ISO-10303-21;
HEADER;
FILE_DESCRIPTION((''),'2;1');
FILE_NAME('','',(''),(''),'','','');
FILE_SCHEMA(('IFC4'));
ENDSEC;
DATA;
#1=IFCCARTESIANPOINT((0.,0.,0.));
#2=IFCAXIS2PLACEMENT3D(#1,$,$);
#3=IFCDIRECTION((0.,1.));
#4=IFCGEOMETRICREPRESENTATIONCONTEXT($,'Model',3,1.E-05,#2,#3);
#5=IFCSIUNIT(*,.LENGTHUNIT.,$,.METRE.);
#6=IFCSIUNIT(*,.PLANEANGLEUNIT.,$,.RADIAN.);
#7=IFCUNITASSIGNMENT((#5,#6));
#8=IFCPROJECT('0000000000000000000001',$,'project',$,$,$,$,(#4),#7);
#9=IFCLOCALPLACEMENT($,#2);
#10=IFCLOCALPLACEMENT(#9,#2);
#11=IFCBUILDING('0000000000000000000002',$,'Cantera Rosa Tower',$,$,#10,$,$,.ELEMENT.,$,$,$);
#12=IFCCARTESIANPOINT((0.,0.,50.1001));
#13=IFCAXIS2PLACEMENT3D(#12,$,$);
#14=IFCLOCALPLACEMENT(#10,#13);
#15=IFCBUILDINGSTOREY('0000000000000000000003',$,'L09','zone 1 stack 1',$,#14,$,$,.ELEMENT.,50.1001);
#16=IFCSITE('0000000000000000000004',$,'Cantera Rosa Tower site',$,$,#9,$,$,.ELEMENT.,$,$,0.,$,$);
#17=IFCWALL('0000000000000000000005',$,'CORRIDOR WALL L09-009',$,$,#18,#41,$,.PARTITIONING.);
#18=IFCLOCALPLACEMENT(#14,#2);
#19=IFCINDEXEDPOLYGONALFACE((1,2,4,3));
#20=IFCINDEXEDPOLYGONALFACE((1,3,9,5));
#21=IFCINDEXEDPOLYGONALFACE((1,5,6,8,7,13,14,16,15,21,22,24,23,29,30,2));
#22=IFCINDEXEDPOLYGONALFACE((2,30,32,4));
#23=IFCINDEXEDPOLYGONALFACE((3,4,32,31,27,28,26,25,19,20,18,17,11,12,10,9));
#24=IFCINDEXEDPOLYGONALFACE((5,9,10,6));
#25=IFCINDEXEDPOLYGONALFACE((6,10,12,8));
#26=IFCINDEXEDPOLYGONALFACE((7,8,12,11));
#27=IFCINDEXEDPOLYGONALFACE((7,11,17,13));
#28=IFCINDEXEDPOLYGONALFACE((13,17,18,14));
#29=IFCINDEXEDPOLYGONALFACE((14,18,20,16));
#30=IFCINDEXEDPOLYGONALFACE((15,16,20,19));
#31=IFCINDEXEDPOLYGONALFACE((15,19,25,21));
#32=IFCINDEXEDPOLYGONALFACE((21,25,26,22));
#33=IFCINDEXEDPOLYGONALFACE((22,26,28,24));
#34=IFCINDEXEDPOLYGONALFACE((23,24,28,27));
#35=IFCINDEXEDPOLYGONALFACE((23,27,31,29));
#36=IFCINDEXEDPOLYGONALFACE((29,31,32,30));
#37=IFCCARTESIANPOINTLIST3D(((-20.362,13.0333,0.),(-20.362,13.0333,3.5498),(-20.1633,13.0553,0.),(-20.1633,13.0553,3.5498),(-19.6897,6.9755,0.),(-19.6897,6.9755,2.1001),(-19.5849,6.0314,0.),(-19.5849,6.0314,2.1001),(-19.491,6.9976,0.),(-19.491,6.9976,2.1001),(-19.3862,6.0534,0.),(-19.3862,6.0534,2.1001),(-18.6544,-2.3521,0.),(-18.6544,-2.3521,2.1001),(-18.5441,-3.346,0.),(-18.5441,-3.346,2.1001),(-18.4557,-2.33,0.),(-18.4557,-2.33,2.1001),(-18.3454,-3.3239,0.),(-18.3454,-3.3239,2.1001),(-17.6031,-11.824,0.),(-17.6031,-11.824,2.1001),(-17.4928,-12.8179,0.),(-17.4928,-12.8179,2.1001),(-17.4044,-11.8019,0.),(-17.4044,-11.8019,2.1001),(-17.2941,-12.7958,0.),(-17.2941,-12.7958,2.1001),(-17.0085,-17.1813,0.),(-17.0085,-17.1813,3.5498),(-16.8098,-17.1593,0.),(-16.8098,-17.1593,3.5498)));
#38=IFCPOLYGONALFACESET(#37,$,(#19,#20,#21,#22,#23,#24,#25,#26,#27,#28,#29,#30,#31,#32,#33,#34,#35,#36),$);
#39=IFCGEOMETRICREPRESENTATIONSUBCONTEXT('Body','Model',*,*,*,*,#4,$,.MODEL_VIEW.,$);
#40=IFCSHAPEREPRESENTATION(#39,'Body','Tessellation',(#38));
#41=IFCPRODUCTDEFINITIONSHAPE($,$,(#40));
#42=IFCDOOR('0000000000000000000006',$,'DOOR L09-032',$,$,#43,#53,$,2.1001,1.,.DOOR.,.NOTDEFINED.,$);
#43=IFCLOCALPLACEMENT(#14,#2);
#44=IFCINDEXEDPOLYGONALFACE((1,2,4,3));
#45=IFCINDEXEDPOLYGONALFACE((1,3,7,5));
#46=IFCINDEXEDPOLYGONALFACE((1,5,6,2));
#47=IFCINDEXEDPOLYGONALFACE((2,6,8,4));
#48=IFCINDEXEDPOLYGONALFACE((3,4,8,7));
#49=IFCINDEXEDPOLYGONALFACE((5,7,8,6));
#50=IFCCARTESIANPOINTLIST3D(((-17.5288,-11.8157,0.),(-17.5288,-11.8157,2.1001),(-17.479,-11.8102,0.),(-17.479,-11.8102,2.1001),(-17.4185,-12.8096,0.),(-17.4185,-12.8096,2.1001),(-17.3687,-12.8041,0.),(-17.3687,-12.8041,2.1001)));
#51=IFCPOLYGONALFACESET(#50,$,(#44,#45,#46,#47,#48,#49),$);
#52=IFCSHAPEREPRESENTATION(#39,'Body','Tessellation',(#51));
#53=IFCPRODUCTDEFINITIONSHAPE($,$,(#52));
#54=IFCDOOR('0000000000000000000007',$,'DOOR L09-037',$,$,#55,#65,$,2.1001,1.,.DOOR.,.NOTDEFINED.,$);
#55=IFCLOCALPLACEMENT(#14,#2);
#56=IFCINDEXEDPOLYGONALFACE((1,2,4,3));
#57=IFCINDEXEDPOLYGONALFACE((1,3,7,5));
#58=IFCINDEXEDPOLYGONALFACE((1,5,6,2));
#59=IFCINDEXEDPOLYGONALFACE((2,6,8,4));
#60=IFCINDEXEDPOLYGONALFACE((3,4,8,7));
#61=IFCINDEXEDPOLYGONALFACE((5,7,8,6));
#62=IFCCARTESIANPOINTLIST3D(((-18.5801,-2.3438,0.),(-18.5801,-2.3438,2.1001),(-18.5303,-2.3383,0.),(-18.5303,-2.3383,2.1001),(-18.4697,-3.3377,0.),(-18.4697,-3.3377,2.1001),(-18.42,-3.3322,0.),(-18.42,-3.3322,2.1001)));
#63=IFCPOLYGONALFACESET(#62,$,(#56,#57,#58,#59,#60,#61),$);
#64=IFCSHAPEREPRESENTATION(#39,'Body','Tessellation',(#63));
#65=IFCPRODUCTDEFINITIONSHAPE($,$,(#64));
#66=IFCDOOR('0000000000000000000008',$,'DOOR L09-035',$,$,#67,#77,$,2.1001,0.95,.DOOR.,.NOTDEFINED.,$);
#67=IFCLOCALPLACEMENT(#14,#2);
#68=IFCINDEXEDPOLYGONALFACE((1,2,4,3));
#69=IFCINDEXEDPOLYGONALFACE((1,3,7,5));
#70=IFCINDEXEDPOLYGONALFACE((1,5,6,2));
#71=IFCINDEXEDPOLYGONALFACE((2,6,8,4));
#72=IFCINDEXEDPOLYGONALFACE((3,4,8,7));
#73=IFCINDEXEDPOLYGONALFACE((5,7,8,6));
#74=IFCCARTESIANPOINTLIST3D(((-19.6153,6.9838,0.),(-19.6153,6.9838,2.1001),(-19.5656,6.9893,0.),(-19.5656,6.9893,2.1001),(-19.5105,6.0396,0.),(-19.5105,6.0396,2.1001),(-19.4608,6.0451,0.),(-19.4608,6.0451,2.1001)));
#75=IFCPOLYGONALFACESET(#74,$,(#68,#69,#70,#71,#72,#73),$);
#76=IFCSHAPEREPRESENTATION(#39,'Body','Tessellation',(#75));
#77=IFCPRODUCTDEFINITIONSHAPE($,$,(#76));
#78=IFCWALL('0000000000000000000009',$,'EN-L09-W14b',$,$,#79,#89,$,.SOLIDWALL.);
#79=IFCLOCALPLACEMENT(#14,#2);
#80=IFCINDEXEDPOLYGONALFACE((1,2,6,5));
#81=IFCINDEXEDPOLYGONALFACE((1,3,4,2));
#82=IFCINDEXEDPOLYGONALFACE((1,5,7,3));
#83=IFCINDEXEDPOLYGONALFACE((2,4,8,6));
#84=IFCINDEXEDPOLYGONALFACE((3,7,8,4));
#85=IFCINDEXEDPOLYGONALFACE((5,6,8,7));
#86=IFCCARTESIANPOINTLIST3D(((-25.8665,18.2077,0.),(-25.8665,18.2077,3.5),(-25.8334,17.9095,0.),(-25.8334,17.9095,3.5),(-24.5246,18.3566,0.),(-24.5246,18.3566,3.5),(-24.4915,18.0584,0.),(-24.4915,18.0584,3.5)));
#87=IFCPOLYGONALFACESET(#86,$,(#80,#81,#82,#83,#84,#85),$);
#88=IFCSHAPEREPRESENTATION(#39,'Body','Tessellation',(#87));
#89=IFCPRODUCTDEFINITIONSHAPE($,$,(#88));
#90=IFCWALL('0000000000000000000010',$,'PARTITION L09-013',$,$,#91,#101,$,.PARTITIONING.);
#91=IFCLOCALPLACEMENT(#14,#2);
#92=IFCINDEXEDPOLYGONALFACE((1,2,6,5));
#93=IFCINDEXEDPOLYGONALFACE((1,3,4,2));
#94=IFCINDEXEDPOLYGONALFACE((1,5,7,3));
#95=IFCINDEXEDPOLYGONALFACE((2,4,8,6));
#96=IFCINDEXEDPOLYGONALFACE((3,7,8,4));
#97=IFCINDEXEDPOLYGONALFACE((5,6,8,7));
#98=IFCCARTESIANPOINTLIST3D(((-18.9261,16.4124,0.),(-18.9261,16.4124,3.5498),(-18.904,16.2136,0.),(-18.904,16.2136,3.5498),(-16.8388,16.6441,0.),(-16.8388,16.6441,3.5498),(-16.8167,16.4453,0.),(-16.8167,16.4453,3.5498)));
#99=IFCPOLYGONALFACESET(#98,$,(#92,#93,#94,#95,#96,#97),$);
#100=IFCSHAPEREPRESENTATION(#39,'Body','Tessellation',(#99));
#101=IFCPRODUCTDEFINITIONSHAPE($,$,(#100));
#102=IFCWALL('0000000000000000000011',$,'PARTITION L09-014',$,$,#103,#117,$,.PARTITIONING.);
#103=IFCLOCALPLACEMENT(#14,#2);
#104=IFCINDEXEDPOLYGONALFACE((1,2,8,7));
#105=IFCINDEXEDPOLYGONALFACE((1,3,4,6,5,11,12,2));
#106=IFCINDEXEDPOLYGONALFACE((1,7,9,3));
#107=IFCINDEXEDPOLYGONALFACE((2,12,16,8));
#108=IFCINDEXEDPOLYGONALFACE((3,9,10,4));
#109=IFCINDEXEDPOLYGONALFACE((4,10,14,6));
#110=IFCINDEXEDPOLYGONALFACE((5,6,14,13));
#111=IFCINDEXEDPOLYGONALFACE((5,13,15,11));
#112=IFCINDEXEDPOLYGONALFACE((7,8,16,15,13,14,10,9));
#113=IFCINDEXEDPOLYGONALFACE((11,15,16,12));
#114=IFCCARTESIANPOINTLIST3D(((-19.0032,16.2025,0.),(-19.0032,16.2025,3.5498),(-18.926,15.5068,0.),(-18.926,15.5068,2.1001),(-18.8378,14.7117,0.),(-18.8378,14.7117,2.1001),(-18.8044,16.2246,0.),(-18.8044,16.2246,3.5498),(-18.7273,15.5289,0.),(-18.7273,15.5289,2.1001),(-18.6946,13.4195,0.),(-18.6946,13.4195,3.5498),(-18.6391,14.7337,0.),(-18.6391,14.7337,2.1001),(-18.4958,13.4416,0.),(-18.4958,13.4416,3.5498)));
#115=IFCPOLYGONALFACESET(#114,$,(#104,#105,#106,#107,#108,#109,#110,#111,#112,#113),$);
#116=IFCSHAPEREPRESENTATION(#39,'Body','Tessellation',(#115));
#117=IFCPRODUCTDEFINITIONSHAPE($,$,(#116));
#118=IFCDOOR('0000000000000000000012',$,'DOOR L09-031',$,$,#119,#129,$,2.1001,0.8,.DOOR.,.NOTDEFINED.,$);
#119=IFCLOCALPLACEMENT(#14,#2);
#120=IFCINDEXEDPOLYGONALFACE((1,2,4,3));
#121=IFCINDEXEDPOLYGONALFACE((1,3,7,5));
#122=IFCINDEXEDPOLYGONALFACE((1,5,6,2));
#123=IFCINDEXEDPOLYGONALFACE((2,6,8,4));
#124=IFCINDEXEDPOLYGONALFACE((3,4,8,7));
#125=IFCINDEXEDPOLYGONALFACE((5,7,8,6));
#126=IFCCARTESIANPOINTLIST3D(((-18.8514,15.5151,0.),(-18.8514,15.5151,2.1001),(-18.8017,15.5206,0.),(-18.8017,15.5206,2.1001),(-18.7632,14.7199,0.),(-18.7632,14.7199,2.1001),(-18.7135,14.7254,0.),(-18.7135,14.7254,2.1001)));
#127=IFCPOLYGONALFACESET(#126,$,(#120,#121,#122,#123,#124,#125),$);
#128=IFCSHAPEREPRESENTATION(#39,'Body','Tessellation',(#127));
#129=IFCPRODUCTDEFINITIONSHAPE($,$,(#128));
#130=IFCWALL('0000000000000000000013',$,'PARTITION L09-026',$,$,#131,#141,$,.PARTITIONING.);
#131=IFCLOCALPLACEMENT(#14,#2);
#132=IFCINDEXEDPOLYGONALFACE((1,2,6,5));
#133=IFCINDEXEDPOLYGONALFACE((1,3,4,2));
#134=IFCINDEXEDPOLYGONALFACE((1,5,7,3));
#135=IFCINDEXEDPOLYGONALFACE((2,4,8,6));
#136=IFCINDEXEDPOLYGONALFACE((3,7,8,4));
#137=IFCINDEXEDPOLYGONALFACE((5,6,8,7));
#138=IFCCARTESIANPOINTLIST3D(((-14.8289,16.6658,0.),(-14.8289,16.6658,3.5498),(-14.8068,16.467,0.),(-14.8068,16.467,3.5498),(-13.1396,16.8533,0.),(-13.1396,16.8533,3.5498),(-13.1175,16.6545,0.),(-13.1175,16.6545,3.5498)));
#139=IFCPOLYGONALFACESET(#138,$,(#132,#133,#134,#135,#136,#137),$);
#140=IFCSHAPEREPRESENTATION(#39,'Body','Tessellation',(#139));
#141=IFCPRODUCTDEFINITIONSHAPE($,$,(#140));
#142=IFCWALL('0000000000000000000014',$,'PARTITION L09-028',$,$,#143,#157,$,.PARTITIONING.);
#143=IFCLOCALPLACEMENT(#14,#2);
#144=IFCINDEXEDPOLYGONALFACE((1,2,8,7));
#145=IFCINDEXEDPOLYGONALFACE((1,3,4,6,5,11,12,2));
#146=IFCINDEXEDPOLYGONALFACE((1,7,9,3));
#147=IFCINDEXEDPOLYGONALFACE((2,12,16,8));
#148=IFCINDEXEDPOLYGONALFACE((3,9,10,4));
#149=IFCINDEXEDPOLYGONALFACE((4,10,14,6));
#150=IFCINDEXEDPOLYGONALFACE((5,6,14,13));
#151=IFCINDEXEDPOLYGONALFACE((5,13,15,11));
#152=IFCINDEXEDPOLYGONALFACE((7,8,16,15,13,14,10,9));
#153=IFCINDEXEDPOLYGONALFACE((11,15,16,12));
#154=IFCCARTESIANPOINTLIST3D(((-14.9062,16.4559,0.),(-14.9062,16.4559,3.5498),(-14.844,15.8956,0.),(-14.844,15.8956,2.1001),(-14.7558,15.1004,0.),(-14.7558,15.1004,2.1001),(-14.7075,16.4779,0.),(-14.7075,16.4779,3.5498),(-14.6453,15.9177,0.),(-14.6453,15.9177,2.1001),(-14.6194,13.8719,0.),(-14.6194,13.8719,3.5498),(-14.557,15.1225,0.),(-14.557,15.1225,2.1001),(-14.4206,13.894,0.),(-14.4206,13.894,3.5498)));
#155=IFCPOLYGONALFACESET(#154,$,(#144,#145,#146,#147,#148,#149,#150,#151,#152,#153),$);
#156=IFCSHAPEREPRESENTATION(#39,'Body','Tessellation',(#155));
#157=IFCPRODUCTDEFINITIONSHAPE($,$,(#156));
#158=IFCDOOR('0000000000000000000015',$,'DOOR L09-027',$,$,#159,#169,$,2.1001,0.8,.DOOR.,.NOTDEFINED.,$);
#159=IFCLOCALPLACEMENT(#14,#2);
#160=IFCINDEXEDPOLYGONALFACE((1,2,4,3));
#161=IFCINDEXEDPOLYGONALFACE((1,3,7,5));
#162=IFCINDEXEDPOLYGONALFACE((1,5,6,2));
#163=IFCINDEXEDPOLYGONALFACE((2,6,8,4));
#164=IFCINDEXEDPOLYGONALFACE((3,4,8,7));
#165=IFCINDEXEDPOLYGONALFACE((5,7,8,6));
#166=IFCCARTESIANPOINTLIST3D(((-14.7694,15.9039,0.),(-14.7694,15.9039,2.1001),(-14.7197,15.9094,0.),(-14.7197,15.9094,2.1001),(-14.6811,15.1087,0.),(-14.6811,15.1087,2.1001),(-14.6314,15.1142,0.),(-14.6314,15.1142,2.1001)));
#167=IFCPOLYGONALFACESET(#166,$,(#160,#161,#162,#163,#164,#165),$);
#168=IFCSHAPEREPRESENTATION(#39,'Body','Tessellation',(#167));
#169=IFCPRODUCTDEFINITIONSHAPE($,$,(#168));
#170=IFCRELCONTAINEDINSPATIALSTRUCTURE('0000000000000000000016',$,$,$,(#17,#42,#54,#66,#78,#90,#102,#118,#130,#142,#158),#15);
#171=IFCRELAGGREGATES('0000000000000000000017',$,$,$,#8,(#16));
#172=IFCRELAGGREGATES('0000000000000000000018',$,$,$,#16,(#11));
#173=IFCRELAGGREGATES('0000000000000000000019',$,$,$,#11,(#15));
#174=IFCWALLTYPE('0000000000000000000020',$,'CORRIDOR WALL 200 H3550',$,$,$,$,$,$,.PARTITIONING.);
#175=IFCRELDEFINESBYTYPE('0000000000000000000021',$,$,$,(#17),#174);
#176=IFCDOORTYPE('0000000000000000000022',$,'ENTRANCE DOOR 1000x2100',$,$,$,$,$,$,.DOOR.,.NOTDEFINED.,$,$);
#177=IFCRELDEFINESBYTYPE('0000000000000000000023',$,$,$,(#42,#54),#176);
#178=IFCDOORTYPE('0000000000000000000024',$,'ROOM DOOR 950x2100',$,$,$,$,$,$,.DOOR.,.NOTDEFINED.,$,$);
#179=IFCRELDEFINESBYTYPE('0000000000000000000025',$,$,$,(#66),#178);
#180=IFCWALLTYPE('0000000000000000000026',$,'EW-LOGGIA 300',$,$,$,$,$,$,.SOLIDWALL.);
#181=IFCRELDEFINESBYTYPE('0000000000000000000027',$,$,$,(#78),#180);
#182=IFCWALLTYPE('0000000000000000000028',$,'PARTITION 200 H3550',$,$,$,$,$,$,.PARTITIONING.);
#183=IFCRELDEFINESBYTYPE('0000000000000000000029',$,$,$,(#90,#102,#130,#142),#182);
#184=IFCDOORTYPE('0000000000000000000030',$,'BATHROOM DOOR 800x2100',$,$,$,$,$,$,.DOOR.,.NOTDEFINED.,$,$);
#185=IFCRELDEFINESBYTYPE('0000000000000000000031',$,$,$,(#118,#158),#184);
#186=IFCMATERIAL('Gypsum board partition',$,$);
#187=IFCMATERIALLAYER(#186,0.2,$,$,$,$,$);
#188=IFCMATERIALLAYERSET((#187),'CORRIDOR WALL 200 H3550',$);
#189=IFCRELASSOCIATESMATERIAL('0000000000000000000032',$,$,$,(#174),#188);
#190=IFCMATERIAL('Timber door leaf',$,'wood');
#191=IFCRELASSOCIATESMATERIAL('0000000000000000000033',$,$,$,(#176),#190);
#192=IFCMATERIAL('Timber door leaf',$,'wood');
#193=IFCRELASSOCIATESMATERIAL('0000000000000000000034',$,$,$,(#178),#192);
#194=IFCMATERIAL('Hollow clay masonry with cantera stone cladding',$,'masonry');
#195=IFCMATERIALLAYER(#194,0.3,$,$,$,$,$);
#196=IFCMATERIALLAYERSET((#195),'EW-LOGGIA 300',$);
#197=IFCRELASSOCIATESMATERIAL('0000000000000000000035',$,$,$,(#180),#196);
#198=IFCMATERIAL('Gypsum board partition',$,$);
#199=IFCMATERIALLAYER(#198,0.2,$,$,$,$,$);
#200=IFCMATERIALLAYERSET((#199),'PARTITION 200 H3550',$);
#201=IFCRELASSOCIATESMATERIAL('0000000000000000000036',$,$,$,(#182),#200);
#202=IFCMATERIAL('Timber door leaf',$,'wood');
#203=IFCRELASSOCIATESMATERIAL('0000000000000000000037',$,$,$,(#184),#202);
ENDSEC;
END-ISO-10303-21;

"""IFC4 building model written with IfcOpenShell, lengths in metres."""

from ifc_helpers import new_model, si_unit, direction, frame, frame_2d, origin, place, context, subcontext, project, spatial, rectangle, extrude, material, layer, layer_set, type_object, element, fill, save


model = new_model("IFC4")

# Units and contexts
model_context = context("Model", 3, precision=1e-05, world=origin(), true_north=direction((0.0, 1.0)))
body_context = subcontext(model_context, "Body", "Model", "MODEL_VIEW")
ifc_project = project(units=[si_unit("LENGTHUNIT", "METRE"), si_unit("PLANEANGLEUNIT", "RADIAN")], contexts=[model_context])

# Site, building, storey
site_placement = place(None, origin())
site = spatial("IfcSite", under=ifc_project, at=site_placement, Name="Cantera Rosa Tower site", CompositionType="ELEMENT", RefElevation=0.0)
building_placement = place(site_placement, origin())
building = spatial("IfcBuilding", under=site, at=building_placement, Name="Cantera Rosa Tower", CompositionType="ELEMENT")
storey_placement = place(building_placement, frame((0.0, 0.0, 50.1001)))
storey = spatial("IfcBuildingStorey", under=building, at=storey_placement, Name="L09", Description="zone 1 stack 1", CompositionType="ELEMENT", Elevation=50.1001)

# Wall, openings, doors
ifc_material_1 = material(Name="Gypsum board partition")
ifc_layer_1 = layer(ifc_material_1, 0.2)
ifc_layer_set_1 = layer_set([ifc_layer_1], Name="CORRIDOR WALL 200 H3550")
wall_type_1 = type_object("IfcWallType", Name="CORRIDOR WALL 200 H3550", PredefinedType="PARTITIONING", material=ifc_layer_set_1)
wall_1_placement = place(storey_placement, frame((-20.2627, 13.0444, 0.0), z_axis=(0.0, 0.0, 1.0), x_axis=(0.110313, -0.993897, 0.0)))
wall_1 = element("IfcWall", 1, at=wall_1_placement, inside=storey, type_object=wall_type_1, Name="CORRIDOR WALL L09-009", PredefinedType="PARTITIONING", context=body_context, shape_type="SweptSolid", body=[
    extrude(rectangle(XDim=30.4001, YDim=0.2, at=frame_2d((15.2002, 0.0))), origin(), (0.0, 0.0, 1.0), 3.5498),
])
opening_1_placement = place(wall_1_placement, frame((25.01, 0.0, 0.0)))
opening_1 = element("IfcOpeningElement", 2, at=opening_1_placement, cuts=wall_1, PredefinedType="OPENING", context=body_context, shape_type="SweptSolid", body=[
    extrude(rectangle(XDim=1.0, YDim=2.1001, at=frame_2d((0.5, 1.05))), frame((0.0, 0.1099, 0.0), z_axis=(0.0, -1.0, 0.0), x_axis=(1.0, 0.0, 0.0)), (0.0, 0.0, 1.0), 0.22),
])
opening_2_placement = place(wall_1_placement, frame((6.095, 0.0, 0.0)))
opening_2 = element("IfcOpeningElement", 3, at=opening_2_placement, cuts=wall_1, PredefinedType="OPENING", context=body_context, shape_type="SweptSolid", body=[
    extrude(rectangle(XDim=0.95, YDim=2.1001, at=frame_2d((0.4751, 1.05))), frame((0.0, 0.1099, 0.0), z_axis=(0.0, -1.0, 0.0), x_axis=(1.0, 0.0, 0.0)), (0.0, 0.0, 1.0), 0.22),
])
opening_3_placement = place(wall_1_placement, frame((15.48, 0.0, 0.0)))
opening_3 = element("IfcOpeningElement", 4, at=opening_3_placement, cuts=wall_1, PredefinedType="OPENING", context=body_context, shape_type="SweptSolid", body=[
    extrude(rectangle(XDim=1.0, YDim=2.1001, at=frame_2d((0.5, 1.05))), frame((0.0, 0.1099, 0.0), z_axis=(0.0, -1.0, 0.0), x_axis=(1.0, 0.0, 0.0)), (0.0, 0.0, 1.0), 0.22),
])
ifc_material_2 = material(Name="Timber door leaf", Category="wood")
door_type_1 = type_object("IfcDoorType", Name="ENTRANCE DOOR 1000x2100", OperationType="NOTDEFINED", PredefinedType="DOOR", material=ifc_material_2)
door_1_placement = place(opening_1_placement, origin())
door_1 = element("IfcDoor", 5, at=door_1_placement, inside=storey, type_object=door_type_1, Name="DOOR L09-032", OperationType="NOTDEFINED", OverallHeight=2.1001, OverallWidth=1.0, PredefinedType="DOOR", context=body_context, shape_type="SweptSolid", body=[
    extrude(rectangle(XDim=1.0, YDim=2.1001, at=frame_2d((0.5, 1.05))), frame((0.0, 0.0249, 0.0), z_axis=(0.0, -1.0, 0.0), x_axis=(1.0, 0.0, 0.0)), (0.0, 0.0, 1.0), 0.05),
])
fill(opening_1, door_1)
door_2_placement = place(opening_3_placement, origin())
door_2 = element("IfcDoor", 6, at=door_2_placement, inside=storey, type_object=door_type_1, Name="DOOR L09-037", OperationType="NOTDEFINED", OverallHeight=2.1001, OverallWidth=1.0, PredefinedType="DOOR", context=body_context, shape_type="SweptSolid", body=[
    extrude(rectangle(XDim=1.0, YDim=2.1001, at=frame_2d((0.5, 1.05))), frame((0.0, 0.0249, 0.0), z_axis=(0.0, -1.0, 0.0), x_axis=(1.0, 0.0, 0.0)), (0.0, 0.0, 1.0), 0.05),
])
fill(opening_3, door_2)
ifc_material_3 = material(Name="Timber door leaf", Category="wood")
door_type_2 = type_object("IfcDoorType", Name="ROOM DOOR 950x2100", OperationType="NOTDEFINED", PredefinedType="DOOR", material=ifc_material_3)
door_3_placement = place(opening_2_placement, origin())
door_3 = element("IfcDoor", 7, at=door_3_placement, inside=storey, type_object=door_type_2, Name="DOOR L09-035", OperationType="NOTDEFINED", OverallHeight=2.1001, OverallWidth=0.95, PredefinedType="DOOR", context=body_context, shape_type="SweptSolid", body=[
    extrude(rectangle(XDim=0.95, YDim=2.1001, at=frame_2d((0.4751, 1.05))), frame((0.0, 0.0249, 0.0), z_axis=(0.0, -1.0, 0.0), x_axis=(1.0, 0.0, 0.0)), (0.0, 0.0, 1.0), 0.05),
])
fill(opening_2, door_3)

# Wall
ifc_material_4 = material(Name="Hollow clay masonry with cantera stone cladding", Category="masonry")
ifc_layer_2 = layer(ifc_material_4, 0.3)
ifc_layer_set_2 = layer_set([ifc_layer_2], Name="EW-LOGGIA 300")
wall_type_2 = type_object("IfcWallType", Name="EW-LOGGIA 300", PredefinedType="SOLIDWALL", material=ifc_layer_set_2)
wall_2_placement = place(storey_placement, frame((-24.5081, 18.2075, 0.0), z_axis=(0.0, 0.0, 1.0), x_axis=(-0.993897, -0.110312, 0.0)))
element("IfcWall", 8, at=wall_2_placement, inside=storey, type_object=wall_type_2, Name="EN-L09-W14b", PredefinedType="SOLIDWALL", context=body_context, shape_type="SweptSolid", body=[
    extrude(rectangle(XDim=1.3501, YDim=0.3, at=frame_2d((0.675, 0.0))), origin(), (0.0, 0.0, 1.0), 3.5),
])

# Wall
ifc_material_5 = material(Name="Gypsum board partition")
ifc_layer_3 = layer(ifc_material_5, 0.2)
ifc_layer_set_3 = layer_set([ifc_layer_3], Name="PARTITION 200 H3550")
wall_type_3 = type_object("IfcWallType", Name="PARTITION 200 H3550", PredefinedType="PARTITIONING", material=ifc_layer_set_3)
wall_3_placement = place(storey_placement, frame((-18.915, 16.313, 0.0), z_axis=(0.0, 0.0, 1.0), x_axis=(0.993895, 0.110329, 0.0)))
element("IfcWall", 9, at=wall_3_placement, inside=storey, type_object=wall_type_3, Name="PARTITION L09-013", PredefinedType="PARTITIONING", context=body_context, shape_type="SweptSolid", body=[
    extrude(rectangle(XDim=2.1001, YDim=0.2, at=frame_2d((1.05, 0.0))), origin(), (0.0, 0.0, 1.0), 3.5498),
])

# Wall, opening, door
wall_4_placement = place(storey_placement, frame((-18.5952, 13.4307, 0.0), z_axis=(0.0, 0.0, 1.0), x_axis=(-0.110211, 0.993908, 0.0)))
wall_4 = element("IfcWall", 10, at=wall_4_placement, inside=storey, type_object=wall_type_3, Name="PARTITION L09-014", PredefinedType="PARTITIONING", context=body_context, shape_type="SweptSolid", body=[
    extrude(rectangle(XDim=2.8, YDim=0.2, at=frame_2d((1.3999, 0.0))), origin(), (0.0, 0.0, 1.0), 3.5498),
])
opening_4_placement = place(wall_4_placement, frame((1.3, 0.0, 0.0)))
opening_4 = element("IfcOpeningElement", 11, at=opening_4_placement, cuts=wall_4, PredefinedType="OPENING", context=body_context, shape_type="SweptSolid", body=[
    extrude(rectangle(XDim=0.8, YDim=2.1001, at=frame_2d((0.3999, 1.05))), frame((0.0, 0.1099, 0.0), z_axis=(0.0, -1.0, 0.0), x_axis=(1.0, 0.0, 0.0)), (0.0, 0.0, 1.0), 0.22),
])
ifc_material_6 = material(Name="Timber door leaf", Category="wood")
door_type_3 = type_object("IfcDoorType", Name="BATHROOM DOOR 800x2100", OperationType="NOTDEFINED", PredefinedType="DOOR", material=ifc_material_6)
door_4_placement = place(opening_4_placement, origin())
door_4 = element("IfcDoor", 12, at=door_4_placement, inside=storey, type_object=door_type_3, Name="DOOR L09-031", OperationType="NOTDEFINED", OverallHeight=2.1001, OverallWidth=0.8, PredefinedType="DOOR", context=body_context, shape_type="SweptSolid", body=[
    extrude(rectangle(XDim=0.8, YDim=2.1001, at=frame_2d((0.3999, 1.05))), frame((0.0, 0.0249, 0.0), z_axis=(0.0, -1.0, 0.0), x_axis=(1.0, 0.0, 0.0)), (0.0, 0.0, 1.0), 0.05),
])
fill(opening_4, door_4)

# Wall
wall_5_placement = place(storey_placement, frame((-14.8179, 16.5664, 0.0), z_axis=(0.0, 0.0, 1.0), x_axis=(0.993898, 0.110305, 0.0)))
element("IfcWall", 13, at=wall_5_placement, inside=storey, type_object=wall_type_3, Name="PARTITION L09-026", PredefinedType="PARTITIONING", context=body_context, shape_type="SweptSolid", body=[
    extrude(rectangle(XDim=1.6997, YDim=0.2, at=frame_2d((0.8499, 0.0))), origin(), (0.0, 0.0, 1.0), 3.5498),
])

# Wall, opening, door
wall_6_placement = place(storey_placement, frame((-14.52, 13.8831, 0.0), z_axis=(0.0, 0.0, 1.0), x_axis=(-0.110339, 0.993894, 0.0)))
wall_6 = element("IfcWall", 14, at=wall_6_placement, inside=storey, type_object=wall_type_3, Name="PARTITION L09-028", PredefinedType="PARTITIONING", context=body_context, shape_type="SweptSolid", body=[
    extrude(rectangle(XDim=2.5999, YDim=0.2, at=frame_2d((1.2998, 0.0))), origin(), (0.0, 0.0, 1.0), 3.5498),
])
opening_5_placement = place(wall_6_placement, frame((1.2361, 0.0, 0.0)))
opening_5 = element("IfcOpeningElement", 15, at=opening_5_placement, cuts=wall_6, PredefinedType="OPENING", context=body_context, shape_type="SweptSolid", body=[
    extrude(rectangle(XDim=0.8, YDim=2.1001, at=frame_2d((0.3999, 1.05))), frame((0.0, 0.1099, 0.0), z_axis=(0.0, -1.0, 0.0), x_axis=(1.0, 0.0, 0.0)), (0.0, 0.0, 1.0), 0.22),
])
door_5_placement = place(opening_5_placement, origin())
door_5 = element("IfcDoor", 16, at=door_5_placement, inside=storey, type_object=door_type_3, Name="DOOR L09-027", OperationType="NOTDEFINED", OverallHeight=2.1001, OverallWidth=0.8, PredefinedType="DOOR", context=body_context, shape_type="SweptSolid", body=[
    extrude(rectangle(XDim=0.8, YDim=2.1001, at=frame_2d((0.3999, 1.05))), frame((0.0, 0.0249, 0.0), z_axis=(0.0, -1.0, 0.0), x_axis=(1.0, 0.0, 0.0)), (0.0, 0.0, 1.0), 0.05),
])
fill(opening_5, door_5)

save(model, "model.ifc")
